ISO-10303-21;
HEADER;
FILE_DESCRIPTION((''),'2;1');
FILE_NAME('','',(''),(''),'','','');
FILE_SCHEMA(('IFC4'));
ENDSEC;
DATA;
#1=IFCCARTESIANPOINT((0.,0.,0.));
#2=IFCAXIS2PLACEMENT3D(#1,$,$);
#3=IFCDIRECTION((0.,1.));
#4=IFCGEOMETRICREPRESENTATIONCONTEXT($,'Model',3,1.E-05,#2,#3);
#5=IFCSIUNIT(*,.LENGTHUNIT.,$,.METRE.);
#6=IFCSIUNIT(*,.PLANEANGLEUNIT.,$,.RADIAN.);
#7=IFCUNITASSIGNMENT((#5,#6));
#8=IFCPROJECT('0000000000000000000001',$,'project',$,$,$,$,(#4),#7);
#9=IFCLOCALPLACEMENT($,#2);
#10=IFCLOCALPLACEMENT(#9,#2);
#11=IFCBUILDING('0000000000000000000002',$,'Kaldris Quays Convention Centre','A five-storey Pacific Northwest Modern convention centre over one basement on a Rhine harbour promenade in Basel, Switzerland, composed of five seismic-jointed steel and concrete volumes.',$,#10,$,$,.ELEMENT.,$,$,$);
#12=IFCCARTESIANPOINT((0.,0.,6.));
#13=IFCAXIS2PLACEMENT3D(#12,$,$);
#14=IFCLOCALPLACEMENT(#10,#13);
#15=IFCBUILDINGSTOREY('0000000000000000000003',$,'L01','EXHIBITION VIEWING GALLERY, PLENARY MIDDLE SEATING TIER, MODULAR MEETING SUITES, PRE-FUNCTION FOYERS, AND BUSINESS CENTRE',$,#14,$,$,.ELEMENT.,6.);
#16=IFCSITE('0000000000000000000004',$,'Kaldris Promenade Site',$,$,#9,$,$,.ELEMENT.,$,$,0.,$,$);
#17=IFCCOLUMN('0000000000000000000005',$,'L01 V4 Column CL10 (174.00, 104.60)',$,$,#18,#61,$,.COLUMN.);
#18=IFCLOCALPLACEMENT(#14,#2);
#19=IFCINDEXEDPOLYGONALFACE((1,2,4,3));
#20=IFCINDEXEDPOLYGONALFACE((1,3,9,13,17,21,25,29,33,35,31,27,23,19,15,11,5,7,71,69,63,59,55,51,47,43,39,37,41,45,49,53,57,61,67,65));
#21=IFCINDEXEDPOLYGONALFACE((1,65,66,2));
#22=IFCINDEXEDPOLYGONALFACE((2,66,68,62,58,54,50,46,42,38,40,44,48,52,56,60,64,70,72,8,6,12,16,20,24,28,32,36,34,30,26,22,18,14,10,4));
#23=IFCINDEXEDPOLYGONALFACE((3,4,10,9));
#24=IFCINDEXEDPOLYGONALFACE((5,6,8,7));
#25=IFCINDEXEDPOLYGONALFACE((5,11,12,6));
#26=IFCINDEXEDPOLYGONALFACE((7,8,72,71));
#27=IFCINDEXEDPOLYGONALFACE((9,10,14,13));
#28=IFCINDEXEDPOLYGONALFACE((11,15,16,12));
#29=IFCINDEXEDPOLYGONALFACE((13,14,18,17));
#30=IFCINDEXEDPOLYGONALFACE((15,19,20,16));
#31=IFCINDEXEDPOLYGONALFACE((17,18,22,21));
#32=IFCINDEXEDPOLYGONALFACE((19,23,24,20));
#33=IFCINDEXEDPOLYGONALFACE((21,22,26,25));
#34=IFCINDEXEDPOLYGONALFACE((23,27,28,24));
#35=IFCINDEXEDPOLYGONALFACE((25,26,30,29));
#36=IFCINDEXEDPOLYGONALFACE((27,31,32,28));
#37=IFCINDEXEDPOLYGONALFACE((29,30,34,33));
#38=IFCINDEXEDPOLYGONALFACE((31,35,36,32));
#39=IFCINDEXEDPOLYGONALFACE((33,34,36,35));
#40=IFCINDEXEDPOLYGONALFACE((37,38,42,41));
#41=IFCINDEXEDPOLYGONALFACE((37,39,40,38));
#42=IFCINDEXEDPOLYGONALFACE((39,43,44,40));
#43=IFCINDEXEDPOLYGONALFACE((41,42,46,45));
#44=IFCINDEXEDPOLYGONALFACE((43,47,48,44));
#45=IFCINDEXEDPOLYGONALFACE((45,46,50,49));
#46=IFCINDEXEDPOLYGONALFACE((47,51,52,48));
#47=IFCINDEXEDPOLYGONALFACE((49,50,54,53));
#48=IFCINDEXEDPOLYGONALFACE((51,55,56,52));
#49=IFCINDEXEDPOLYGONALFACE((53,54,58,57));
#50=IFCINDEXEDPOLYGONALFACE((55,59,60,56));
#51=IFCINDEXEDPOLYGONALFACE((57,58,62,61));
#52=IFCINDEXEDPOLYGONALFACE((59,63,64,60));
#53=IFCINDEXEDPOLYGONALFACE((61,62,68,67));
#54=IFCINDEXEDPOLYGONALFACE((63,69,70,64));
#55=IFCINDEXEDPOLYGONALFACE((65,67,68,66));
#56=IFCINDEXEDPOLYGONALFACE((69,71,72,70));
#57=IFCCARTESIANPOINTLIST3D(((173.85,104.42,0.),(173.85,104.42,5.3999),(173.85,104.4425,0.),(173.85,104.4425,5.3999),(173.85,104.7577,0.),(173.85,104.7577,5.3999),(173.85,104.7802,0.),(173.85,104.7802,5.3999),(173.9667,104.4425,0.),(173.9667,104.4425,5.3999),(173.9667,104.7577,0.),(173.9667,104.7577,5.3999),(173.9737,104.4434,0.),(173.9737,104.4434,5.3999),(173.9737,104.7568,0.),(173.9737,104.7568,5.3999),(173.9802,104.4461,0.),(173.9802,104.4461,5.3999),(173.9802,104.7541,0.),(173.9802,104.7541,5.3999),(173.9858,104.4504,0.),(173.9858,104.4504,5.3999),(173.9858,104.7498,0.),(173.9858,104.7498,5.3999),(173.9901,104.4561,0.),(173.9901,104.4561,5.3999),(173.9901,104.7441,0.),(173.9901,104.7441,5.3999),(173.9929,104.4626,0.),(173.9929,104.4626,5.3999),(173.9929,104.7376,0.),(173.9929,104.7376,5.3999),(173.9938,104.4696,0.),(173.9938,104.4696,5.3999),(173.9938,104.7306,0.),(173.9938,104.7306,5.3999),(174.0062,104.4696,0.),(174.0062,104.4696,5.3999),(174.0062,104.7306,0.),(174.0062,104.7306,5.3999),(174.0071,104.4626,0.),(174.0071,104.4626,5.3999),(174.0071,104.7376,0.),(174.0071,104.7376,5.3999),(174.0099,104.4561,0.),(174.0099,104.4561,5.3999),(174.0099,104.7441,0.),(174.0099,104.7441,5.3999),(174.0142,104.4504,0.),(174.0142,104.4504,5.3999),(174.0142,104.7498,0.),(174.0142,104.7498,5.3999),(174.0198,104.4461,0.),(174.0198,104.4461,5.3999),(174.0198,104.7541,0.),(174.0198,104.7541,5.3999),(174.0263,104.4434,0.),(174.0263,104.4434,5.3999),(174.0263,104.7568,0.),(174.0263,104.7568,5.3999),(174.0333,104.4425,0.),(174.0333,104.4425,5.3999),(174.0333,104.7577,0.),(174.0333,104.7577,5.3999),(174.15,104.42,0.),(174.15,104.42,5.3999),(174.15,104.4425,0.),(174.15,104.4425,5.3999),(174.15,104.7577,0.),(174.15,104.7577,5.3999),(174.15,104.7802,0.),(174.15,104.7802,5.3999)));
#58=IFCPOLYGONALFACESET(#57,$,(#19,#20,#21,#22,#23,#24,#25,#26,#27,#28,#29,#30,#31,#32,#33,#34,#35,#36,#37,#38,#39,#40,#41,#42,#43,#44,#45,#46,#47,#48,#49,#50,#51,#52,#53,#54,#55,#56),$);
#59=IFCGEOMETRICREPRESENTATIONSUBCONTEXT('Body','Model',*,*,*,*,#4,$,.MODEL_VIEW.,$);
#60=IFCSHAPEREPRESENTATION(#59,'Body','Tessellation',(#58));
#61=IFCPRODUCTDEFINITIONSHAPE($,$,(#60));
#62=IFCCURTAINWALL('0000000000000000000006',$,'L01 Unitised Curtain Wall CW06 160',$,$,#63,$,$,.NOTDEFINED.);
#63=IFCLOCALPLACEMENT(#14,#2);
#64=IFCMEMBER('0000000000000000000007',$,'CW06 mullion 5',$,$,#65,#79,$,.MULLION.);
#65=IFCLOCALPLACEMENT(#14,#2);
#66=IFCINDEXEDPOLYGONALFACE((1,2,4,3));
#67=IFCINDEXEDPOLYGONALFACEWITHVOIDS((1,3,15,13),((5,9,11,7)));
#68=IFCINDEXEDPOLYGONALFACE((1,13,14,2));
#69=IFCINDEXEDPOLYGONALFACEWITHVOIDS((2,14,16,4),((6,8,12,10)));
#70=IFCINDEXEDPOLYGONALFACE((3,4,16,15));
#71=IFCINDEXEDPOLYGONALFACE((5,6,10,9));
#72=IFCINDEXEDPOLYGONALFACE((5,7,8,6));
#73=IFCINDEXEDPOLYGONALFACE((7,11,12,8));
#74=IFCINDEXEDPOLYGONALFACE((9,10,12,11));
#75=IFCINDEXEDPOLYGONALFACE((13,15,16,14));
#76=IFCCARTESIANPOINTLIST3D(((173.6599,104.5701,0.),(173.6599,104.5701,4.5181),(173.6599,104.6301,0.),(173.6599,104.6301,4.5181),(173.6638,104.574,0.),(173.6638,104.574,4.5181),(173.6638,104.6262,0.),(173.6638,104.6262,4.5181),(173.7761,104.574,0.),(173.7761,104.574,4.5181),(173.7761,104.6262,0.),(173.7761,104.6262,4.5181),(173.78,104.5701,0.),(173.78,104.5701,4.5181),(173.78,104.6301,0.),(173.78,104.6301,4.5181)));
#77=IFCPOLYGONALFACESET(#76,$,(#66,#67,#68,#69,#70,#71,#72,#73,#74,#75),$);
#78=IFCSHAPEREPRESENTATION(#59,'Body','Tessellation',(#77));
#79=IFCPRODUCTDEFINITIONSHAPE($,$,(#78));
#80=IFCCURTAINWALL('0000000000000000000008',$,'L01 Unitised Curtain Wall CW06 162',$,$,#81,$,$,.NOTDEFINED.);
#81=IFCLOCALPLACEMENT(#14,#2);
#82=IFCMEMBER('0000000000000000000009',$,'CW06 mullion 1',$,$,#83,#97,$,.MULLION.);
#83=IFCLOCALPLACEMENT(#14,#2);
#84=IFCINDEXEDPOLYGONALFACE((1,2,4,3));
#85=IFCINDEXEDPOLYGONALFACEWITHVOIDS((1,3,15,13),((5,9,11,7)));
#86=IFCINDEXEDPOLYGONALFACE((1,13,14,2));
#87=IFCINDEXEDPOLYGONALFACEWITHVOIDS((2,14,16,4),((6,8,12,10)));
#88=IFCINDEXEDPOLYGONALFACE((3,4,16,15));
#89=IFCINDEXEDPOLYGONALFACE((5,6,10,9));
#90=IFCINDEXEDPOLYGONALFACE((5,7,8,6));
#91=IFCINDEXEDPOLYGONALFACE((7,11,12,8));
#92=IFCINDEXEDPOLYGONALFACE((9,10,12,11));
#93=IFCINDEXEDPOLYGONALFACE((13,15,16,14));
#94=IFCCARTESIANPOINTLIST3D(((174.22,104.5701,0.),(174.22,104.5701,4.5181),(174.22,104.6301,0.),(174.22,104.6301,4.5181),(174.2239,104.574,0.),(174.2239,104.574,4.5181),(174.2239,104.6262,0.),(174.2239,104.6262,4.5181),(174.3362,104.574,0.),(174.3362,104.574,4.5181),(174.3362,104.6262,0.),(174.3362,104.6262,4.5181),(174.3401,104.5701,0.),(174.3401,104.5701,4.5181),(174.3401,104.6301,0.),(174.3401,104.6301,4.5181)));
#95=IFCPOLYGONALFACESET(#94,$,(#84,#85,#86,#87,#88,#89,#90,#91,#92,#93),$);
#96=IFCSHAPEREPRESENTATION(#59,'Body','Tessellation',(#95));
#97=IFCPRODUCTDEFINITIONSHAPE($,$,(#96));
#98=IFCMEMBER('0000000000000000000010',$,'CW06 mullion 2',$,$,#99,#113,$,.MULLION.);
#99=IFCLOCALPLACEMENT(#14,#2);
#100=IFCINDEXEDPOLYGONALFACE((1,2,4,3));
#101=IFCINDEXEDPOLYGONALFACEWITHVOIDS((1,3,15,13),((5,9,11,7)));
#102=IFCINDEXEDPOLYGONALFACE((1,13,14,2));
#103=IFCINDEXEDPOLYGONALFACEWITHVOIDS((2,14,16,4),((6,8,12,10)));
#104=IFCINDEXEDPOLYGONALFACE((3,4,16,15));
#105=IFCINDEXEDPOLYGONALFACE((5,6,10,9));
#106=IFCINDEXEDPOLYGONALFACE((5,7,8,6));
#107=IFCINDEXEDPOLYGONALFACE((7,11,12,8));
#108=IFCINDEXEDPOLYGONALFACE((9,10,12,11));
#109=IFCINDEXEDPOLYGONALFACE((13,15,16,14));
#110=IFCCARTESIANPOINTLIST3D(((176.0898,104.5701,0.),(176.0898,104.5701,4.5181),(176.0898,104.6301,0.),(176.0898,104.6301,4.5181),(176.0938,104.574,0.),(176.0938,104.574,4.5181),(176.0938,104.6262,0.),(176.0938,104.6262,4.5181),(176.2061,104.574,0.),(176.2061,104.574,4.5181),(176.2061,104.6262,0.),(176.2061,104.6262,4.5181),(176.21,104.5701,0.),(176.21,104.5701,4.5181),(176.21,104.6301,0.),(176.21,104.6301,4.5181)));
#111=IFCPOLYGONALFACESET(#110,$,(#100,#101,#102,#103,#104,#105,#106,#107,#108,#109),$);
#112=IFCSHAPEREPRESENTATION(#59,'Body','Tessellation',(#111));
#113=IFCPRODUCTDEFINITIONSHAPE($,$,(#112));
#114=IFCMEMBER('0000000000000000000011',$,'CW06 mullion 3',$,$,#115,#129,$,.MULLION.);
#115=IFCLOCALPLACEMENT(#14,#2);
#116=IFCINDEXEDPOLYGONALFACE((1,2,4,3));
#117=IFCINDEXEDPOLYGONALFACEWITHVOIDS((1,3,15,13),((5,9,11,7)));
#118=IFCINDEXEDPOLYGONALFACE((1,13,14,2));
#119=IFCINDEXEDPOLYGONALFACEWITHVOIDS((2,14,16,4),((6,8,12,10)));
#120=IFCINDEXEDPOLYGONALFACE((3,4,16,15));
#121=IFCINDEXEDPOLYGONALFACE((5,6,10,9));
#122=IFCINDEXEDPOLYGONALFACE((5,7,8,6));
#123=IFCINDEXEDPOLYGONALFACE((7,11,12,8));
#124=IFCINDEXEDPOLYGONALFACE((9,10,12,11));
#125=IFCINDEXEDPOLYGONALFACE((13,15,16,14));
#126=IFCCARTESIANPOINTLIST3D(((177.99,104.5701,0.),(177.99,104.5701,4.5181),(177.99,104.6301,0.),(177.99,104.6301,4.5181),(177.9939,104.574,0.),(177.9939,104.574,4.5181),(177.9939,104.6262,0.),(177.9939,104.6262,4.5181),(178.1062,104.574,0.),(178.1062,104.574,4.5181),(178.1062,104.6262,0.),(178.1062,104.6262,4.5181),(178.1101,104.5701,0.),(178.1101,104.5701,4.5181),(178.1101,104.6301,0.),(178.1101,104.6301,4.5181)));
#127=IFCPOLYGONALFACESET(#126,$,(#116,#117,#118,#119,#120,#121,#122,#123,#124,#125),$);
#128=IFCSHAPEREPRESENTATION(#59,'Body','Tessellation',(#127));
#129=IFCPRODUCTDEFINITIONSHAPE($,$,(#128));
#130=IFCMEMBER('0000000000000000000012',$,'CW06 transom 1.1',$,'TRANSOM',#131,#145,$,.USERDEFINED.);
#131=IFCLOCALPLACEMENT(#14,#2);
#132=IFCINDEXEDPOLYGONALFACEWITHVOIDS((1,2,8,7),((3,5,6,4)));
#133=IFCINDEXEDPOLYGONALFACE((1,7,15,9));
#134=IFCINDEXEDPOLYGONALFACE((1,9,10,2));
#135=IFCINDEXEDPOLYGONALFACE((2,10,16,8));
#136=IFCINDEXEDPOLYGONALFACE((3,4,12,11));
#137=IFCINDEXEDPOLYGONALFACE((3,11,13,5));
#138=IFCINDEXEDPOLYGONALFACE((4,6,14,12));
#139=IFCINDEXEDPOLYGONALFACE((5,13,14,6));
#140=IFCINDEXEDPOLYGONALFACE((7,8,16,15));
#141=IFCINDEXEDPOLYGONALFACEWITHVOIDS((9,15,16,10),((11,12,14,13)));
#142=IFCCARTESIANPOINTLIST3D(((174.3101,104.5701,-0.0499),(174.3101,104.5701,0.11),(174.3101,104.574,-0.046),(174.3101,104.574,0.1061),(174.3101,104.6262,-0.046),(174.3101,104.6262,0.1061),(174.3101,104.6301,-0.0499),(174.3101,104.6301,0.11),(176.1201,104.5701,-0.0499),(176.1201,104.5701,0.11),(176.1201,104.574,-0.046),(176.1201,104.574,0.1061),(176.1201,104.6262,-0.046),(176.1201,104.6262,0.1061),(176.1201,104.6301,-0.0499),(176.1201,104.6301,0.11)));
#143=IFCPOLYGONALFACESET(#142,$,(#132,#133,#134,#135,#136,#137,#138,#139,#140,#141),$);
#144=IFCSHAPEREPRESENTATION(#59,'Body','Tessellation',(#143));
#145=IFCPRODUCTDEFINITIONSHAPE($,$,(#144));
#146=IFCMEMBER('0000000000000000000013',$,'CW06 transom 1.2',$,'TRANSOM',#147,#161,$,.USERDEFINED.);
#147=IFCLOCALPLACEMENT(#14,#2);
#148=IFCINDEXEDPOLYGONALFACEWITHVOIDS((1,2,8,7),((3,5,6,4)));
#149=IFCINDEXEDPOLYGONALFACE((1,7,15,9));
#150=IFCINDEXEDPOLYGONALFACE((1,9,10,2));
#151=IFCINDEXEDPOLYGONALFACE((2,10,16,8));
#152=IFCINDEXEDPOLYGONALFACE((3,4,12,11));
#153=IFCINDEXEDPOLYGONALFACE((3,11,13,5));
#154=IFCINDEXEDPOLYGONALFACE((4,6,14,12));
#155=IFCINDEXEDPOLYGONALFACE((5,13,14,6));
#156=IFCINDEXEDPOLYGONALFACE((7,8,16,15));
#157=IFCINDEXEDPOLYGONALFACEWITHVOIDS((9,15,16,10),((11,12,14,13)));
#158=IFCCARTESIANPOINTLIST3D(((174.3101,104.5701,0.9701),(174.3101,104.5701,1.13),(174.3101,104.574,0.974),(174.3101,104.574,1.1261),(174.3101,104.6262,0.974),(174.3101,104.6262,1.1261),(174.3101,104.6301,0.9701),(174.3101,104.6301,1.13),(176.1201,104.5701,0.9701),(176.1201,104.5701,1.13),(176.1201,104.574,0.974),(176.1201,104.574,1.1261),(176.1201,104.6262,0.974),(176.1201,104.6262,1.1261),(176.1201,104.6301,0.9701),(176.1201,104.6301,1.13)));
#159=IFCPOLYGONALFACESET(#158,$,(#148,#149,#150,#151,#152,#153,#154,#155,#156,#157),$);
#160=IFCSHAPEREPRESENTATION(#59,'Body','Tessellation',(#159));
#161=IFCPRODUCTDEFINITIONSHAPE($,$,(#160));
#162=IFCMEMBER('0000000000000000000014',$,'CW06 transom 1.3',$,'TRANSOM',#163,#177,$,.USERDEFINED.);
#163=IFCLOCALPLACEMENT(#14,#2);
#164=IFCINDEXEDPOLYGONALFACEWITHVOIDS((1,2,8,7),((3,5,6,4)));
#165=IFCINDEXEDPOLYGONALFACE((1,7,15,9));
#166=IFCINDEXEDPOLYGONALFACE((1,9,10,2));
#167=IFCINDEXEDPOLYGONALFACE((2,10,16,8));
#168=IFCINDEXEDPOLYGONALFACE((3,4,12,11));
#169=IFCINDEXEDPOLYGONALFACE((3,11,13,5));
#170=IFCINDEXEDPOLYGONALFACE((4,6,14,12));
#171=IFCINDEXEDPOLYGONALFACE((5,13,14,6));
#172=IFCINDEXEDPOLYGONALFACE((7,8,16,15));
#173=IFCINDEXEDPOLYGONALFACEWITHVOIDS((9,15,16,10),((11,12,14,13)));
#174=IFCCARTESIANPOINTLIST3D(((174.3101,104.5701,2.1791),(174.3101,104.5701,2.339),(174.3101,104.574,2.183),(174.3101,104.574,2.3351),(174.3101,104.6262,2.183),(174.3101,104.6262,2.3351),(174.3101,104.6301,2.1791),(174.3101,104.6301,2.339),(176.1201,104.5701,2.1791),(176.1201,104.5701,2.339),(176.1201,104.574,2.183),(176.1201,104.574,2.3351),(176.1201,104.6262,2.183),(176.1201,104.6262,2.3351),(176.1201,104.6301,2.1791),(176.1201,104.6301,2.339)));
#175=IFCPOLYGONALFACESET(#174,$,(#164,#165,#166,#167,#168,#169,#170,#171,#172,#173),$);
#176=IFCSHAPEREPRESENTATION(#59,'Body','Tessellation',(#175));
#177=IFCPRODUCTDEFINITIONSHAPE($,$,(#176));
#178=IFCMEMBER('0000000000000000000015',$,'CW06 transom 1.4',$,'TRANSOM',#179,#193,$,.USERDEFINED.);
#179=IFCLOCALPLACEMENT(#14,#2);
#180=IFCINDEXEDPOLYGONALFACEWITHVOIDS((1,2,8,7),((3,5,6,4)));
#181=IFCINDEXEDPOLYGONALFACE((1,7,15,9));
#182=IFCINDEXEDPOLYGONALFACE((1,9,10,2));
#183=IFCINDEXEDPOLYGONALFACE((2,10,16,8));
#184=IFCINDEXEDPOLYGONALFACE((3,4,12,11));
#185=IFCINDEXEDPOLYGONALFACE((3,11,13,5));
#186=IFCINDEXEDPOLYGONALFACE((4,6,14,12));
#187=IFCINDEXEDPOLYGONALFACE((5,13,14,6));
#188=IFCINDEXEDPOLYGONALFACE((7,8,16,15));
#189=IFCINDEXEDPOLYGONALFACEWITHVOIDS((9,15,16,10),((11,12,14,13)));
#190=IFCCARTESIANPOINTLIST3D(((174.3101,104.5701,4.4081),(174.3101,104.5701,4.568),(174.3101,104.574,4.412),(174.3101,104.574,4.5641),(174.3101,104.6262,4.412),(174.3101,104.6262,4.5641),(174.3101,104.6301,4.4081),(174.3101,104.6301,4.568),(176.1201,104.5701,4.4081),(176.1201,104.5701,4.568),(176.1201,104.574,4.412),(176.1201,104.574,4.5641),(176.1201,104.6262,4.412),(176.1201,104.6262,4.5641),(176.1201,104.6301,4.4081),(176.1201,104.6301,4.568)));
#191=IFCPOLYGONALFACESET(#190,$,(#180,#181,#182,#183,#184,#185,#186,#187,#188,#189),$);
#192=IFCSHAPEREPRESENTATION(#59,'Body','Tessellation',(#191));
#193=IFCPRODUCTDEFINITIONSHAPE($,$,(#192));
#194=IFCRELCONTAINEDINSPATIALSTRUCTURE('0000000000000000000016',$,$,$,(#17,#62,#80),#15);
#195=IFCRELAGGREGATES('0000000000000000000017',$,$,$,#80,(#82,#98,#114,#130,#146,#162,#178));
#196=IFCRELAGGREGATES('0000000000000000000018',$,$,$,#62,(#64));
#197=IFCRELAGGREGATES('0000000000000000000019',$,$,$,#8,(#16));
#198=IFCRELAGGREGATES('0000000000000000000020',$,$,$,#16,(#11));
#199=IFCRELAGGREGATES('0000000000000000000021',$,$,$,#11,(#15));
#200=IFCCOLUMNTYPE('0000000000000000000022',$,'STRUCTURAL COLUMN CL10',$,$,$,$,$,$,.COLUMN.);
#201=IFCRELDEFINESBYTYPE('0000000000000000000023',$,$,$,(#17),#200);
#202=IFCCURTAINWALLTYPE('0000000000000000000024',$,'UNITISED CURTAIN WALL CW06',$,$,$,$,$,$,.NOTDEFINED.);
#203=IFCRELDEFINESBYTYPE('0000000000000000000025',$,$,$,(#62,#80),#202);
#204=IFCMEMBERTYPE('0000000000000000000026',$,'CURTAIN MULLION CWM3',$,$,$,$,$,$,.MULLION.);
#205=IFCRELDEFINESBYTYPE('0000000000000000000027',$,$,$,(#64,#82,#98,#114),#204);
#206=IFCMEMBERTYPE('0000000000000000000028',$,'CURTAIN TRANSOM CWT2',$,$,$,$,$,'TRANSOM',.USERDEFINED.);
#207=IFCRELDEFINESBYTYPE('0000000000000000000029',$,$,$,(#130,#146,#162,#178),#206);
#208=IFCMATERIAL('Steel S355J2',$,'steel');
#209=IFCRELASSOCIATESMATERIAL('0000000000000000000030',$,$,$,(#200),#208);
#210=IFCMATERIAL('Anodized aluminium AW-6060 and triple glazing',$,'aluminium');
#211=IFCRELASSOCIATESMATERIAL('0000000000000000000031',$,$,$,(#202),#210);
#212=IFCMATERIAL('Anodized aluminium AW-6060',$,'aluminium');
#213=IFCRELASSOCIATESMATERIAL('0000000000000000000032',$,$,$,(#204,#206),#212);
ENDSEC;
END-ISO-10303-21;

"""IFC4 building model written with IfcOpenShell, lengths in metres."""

from ifc_helpers import new_model, si_unit, direction, frame, origin, origin_2d, place, context, subcontext, project, spatial, hollow_rectangle, i_section, extrude, material, material_profile, profile_set, type_object, element, aggregate, save


model = new_model("IFC4")

# Units and contexts
model_context = context("Model", 3, precision=1e-05, world=origin(), true_north=direction((0.0, 1.0)))
body_context = subcontext(model_context, "Body", "Model", "MODEL_VIEW")
ifc_project = project(units=[si_unit("LENGTHUNIT", "METRE"), si_unit("PLANEANGLEUNIT", "RADIAN")], contexts=[model_context])

# Site, building, storey
site_placement = place(None, origin())
site = spatial("IfcSite", under=ifc_project, at=site_placement, Name="Kaldris Promenade Site", CompositionType="ELEMENT", RefElevation=0.0)
building_placement = place(site_placement, origin())
building = spatial("IfcBuilding", under=site, at=building_placement, Name="Kaldris Quays Convention Centre", Description="A five-storey Pacific Northwest Modern convention centre over one basement on a Rhine harbour promenade in Basel, Switzerland, composed of five seismic-jointed steel and concrete volumes.", CompositionType="ELEMENT")
storey_placement = place(building_placement, frame((0.0, 0.0, 6.0)))
storey = spatial("IfcBuildingStorey", under=building, at=storey_placement, Name="L01", Description="EXHIBITION VIEWING GALLERY, PLENARY MIDDLE SEATING TIER, MODULAR MEETING SUITES, PRE-FUNCTION FOYERS, AND BUSINESS CENTRE", CompositionType="ELEMENT", Elevation=6.0)

# Column
ifc_material_1 = material(Name="Steel S355J2", Category="steel")
ifc_material_profile_1 = material_profile(ifc_material_1, i_section(OverallWidth=0.3, OverallDepth=0.3601, WebThickness=0.0125, FlangeThickness=0.0225, FilletRadius=0.0271, at=origin_2d()), Name="HEB 360")
ifc_profile_set_1 = profile_set([ifc_material_profile_1], Name="Steel S355J2")
column_type = type_object("IfcColumnType", Name="STRUCTURAL COLUMN CL10", PredefinedType="COLUMN", material=ifc_profile_set_1)
column_placement = place(storey_placement, frame((174.0, 104.6001, 0.0), z_axis=(0.0, 0.0, 1.0), x_axis=(1.0, 0.0, 0.0)))
element("IfcColumn", 1, at=column_placement, inside=storey, type_object=column_type, Name="L01 V4 Column CL10 (174.00, 104.60)", PredefinedType="COLUMN", context=body_context, shape_type="SweptSolid", body=[
    extrude(i_section(OverallWidth=0.3, OverallDepth=0.3601, WebThickness=0.0125, FlangeThickness=0.0225, FilletRadius=0.0271, at=origin_2d()), origin(), (0.0, 0.0, 1.0), 5.3999),
])

# Curtain wall, member
ifc_material_2 = material(Name="Anodized aluminium AW-6060 and triple glazing", Category="aluminium")
curtain_wall_type = type_object("IfcCurtainWallType", Name="UNITISED CURTAIN WALL CW06", PredefinedType="NOTDEFINED", material=ifc_material_2)
curtain_wall_1_placement = place(storey_placement, origin())
curtain_wall_1 = element("IfcCurtainWall", 2, at=curtain_wall_1_placement, inside=storey, type_object=curtain_wall_type, Name="L01 Unitised Curtain Wall CW06 160", PredefinedType="NOTDEFINED")
ifc_material_3 = material(Name="Anodized aluminium AW-6060", Category="aluminium")
ifc_material_profile_2 = material_profile(ifc_material_3, hollow_rectangle(XDim=0.0601, YDim=0.1201, WallThickness=0.0039, at=origin_2d()), Name="RHS 120x60x4")
ifc_profile_set_2 = profile_set([ifc_material_profile_2], Name="Anodized aluminium AW-6060")
member_type_1 = type_object("IfcMemberType", Name="CURTAIN MULLION CWM3", PredefinedType="MULLION", material=ifc_profile_set_2)
member_1_placement = place(storey_placement, frame((173.72, 104.6001, 0.0), z_axis=(0.0, 0.0, 1.0), x_axis=(0.0, 1.0, 0.0)))
member_1 = element("IfcMember", 3, at=member_1_placement, type_object=member_type_1, Name="CW06 mullion 5", PredefinedType="MULLION", context=body_context, shape_type="SweptSolid", body=[
    extrude(hollow_rectangle(XDim=0.0601, YDim=0.1201, WallThickness=0.0039, at=origin_2d()), origin(), (0.0, 0.0, 1.0), 4.5181),
])

# Curtain wall, members
curtain_wall_2_placement = place(storey_placement, origin())
curtain_wall_2 = element("IfcCurtainWall", 4, at=curtain_wall_2_placement, inside=storey, type_object=curtain_wall_type, Name="L01 Unitised Curtain Wall CW06 162", PredefinedType="NOTDEFINED")
member_2_placement = place(storey_placement, frame((174.28, 104.6001, 0.0), z_axis=(0.0, 0.0, 1.0), x_axis=(0.0, 1.0, 0.0)))
member_2 = element("IfcMember", 5, at=member_2_placement, type_object=member_type_1, Name="CW06 mullion 1", PredefinedType="MULLION", context=body_context, shape_type="SweptSolid", body=[
    extrude(hollow_rectangle(XDim=0.0601, YDim=0.1201, WallThickness=0.0039, at=origin_2d()), origin(), (0.0, 0.0, 1.0), 4.5181),
])
member_3_placement = place(storey_placement, frame((176.1499, 104.6001, 0.0), z_axis=(0.0, 0.0, 1.0), x_axis=(0.0, 1.0, 0.0)))
member_3 = element("IfcMember", 6, at=member_3_placement, type_object=member_type_1, Name="CW06 mullion 2", PredefinedType="MULLION", context=body_context, shape_type="SweptSolid", body=[
    extrude(hollow_rectangle(XDim=0.0601, YDim=0.1201, WallThickness=0.0039, at=origin_2d()), origin(), (0.0, 0.0, 1.0), 4.5181),
])
member_4_placement = place(storey_placement, frame((178.05, 104.6001, 0.0), z_axis=(0.0, 0.0, 1.0), x_axis=(0.0, 1.0, 0.0)))
member_4 = element("IfcMember", 7, at=member_4_placement, type_object=member_type_1, Name="CW06 mullion 3", PredefinedType="MULLION", context=body_context, shape_type="SweptSolid", body=[
    extrude(hollow_rectangle(XDim=0.0601, YDim=0.1201, WallThickness=0.0039, at=origin_2d()), origin(), (0.0, 0.0, 1.0), 4.5181),
])
ifc_material_profile_3 = material_profile(ifc_material_3, hollow_rectangle(XDim=0.0601, YDim=0.1599, WallThickness=0.0039, at=origin_2d()), Name="RHS 160x60x4")
ifc_profile_set_3 = profile_set([ifc_material_profile_3], Name="Anodized aluminium AW-6060")
member_type_2 = type_object("IfcMemberType", Name="CURTAIN TRANSOM CWT2", ElementType="TRANSOM", PredefinedType="USERDEFINED", material=ifc_profile_set_3)
member_5_placement = place(storey_placement, frame((174.3101, 104.6001, 0.03), z_axis=(1.0, 0.0, 0.0), x_axis=(0.0, 1.0, 0.0)))
member_5 = element("IfcMember", 8, at=member_5_placement, type_object=member_type_2, Name="CW06 transom 1.1", ObjectType="TRANSOM", PredefinedType="USERDEFINED", context=body_context, shape_type="SweptSolid", body=[
    extrude(hollow_rectangle(XDim=0.0601, YDim=0.1599, WallThickness=0.0039, at=origin_2d()), origin(), (0.0, 0.0, 1.0), 1.8101),
])
member_6_placement = place(storey_placement, frame((174.3101, 104.6001, 1.05), z_axis=(1.0, 0.0, 0.0), x_axis=(0.0, 1.0, 0.0)))
member_6 = element("IfcMember", 9, at=member_6_placement, type_object=member_type_2, Name="CW06 transom 1.2", ObjectType="TRANSOM", PredefinedType="USERDEFINED", context=body_context, shape_type="SweptSolid", body=[
    extrude(hollow_rectangle(XDim=0.0601, YDim=0.1599, WallThickness=0.0039, at=origin_2d()), origin(), (0.0, 0.0, 1.0), 1.8101),
])
member_7_placement = place(storey_placement, frame((174.3101, 104.6001, 2.259), z_axis=(1.0, 0.0, 0.0), x_axis=(0.0, 1.0, 0.0)))
member_7 = element("IfcMember", 10, at=member_7_placement, type_object=member_type_2, Name="CW06 transom 1.3", ObjectType="TRANSOM", PredefinedType="USERDEFINED", context=body_context, shape_type="SweptSolid", body=[
    extrude(hollow_rectangle(XDim=0.0601, YDim=0.1599, WallThickness=0.0039, at=origin_2d()), origin(), (0.0, 0.0, 1.0), 1.8101),
])
member_8_placement = place(storey_placement, frame((174.3101, 104.6001, 4.488), z_axis=(1.0, 0.0, 0.0), x_axis=(0.0, 1.0, 0.0)))
member_8 = element("IfcMember", 11, at=member_8_placement, type_object=member_type_2, Name="CW06 transom 1.4", ObjectType="TRANSOM", PredefinedType="USERDEFINED", context=body_context, shape_type="SweptSolid", body=[
    extrude(hollow_rectangle(XDim=0.0601, YDim=0.1599, WallThickness=0.0039, at=origin_2d()), origin(), (0.0, 0.0, 1.0), 1.8101),
])

aggregate(curtain_wall_2, [member_2, member_3, member_4, member_5, member_6, member_7, member_8])
aggregate(curtain_wall_1, [member_1])

save(model, "model.ifc")
